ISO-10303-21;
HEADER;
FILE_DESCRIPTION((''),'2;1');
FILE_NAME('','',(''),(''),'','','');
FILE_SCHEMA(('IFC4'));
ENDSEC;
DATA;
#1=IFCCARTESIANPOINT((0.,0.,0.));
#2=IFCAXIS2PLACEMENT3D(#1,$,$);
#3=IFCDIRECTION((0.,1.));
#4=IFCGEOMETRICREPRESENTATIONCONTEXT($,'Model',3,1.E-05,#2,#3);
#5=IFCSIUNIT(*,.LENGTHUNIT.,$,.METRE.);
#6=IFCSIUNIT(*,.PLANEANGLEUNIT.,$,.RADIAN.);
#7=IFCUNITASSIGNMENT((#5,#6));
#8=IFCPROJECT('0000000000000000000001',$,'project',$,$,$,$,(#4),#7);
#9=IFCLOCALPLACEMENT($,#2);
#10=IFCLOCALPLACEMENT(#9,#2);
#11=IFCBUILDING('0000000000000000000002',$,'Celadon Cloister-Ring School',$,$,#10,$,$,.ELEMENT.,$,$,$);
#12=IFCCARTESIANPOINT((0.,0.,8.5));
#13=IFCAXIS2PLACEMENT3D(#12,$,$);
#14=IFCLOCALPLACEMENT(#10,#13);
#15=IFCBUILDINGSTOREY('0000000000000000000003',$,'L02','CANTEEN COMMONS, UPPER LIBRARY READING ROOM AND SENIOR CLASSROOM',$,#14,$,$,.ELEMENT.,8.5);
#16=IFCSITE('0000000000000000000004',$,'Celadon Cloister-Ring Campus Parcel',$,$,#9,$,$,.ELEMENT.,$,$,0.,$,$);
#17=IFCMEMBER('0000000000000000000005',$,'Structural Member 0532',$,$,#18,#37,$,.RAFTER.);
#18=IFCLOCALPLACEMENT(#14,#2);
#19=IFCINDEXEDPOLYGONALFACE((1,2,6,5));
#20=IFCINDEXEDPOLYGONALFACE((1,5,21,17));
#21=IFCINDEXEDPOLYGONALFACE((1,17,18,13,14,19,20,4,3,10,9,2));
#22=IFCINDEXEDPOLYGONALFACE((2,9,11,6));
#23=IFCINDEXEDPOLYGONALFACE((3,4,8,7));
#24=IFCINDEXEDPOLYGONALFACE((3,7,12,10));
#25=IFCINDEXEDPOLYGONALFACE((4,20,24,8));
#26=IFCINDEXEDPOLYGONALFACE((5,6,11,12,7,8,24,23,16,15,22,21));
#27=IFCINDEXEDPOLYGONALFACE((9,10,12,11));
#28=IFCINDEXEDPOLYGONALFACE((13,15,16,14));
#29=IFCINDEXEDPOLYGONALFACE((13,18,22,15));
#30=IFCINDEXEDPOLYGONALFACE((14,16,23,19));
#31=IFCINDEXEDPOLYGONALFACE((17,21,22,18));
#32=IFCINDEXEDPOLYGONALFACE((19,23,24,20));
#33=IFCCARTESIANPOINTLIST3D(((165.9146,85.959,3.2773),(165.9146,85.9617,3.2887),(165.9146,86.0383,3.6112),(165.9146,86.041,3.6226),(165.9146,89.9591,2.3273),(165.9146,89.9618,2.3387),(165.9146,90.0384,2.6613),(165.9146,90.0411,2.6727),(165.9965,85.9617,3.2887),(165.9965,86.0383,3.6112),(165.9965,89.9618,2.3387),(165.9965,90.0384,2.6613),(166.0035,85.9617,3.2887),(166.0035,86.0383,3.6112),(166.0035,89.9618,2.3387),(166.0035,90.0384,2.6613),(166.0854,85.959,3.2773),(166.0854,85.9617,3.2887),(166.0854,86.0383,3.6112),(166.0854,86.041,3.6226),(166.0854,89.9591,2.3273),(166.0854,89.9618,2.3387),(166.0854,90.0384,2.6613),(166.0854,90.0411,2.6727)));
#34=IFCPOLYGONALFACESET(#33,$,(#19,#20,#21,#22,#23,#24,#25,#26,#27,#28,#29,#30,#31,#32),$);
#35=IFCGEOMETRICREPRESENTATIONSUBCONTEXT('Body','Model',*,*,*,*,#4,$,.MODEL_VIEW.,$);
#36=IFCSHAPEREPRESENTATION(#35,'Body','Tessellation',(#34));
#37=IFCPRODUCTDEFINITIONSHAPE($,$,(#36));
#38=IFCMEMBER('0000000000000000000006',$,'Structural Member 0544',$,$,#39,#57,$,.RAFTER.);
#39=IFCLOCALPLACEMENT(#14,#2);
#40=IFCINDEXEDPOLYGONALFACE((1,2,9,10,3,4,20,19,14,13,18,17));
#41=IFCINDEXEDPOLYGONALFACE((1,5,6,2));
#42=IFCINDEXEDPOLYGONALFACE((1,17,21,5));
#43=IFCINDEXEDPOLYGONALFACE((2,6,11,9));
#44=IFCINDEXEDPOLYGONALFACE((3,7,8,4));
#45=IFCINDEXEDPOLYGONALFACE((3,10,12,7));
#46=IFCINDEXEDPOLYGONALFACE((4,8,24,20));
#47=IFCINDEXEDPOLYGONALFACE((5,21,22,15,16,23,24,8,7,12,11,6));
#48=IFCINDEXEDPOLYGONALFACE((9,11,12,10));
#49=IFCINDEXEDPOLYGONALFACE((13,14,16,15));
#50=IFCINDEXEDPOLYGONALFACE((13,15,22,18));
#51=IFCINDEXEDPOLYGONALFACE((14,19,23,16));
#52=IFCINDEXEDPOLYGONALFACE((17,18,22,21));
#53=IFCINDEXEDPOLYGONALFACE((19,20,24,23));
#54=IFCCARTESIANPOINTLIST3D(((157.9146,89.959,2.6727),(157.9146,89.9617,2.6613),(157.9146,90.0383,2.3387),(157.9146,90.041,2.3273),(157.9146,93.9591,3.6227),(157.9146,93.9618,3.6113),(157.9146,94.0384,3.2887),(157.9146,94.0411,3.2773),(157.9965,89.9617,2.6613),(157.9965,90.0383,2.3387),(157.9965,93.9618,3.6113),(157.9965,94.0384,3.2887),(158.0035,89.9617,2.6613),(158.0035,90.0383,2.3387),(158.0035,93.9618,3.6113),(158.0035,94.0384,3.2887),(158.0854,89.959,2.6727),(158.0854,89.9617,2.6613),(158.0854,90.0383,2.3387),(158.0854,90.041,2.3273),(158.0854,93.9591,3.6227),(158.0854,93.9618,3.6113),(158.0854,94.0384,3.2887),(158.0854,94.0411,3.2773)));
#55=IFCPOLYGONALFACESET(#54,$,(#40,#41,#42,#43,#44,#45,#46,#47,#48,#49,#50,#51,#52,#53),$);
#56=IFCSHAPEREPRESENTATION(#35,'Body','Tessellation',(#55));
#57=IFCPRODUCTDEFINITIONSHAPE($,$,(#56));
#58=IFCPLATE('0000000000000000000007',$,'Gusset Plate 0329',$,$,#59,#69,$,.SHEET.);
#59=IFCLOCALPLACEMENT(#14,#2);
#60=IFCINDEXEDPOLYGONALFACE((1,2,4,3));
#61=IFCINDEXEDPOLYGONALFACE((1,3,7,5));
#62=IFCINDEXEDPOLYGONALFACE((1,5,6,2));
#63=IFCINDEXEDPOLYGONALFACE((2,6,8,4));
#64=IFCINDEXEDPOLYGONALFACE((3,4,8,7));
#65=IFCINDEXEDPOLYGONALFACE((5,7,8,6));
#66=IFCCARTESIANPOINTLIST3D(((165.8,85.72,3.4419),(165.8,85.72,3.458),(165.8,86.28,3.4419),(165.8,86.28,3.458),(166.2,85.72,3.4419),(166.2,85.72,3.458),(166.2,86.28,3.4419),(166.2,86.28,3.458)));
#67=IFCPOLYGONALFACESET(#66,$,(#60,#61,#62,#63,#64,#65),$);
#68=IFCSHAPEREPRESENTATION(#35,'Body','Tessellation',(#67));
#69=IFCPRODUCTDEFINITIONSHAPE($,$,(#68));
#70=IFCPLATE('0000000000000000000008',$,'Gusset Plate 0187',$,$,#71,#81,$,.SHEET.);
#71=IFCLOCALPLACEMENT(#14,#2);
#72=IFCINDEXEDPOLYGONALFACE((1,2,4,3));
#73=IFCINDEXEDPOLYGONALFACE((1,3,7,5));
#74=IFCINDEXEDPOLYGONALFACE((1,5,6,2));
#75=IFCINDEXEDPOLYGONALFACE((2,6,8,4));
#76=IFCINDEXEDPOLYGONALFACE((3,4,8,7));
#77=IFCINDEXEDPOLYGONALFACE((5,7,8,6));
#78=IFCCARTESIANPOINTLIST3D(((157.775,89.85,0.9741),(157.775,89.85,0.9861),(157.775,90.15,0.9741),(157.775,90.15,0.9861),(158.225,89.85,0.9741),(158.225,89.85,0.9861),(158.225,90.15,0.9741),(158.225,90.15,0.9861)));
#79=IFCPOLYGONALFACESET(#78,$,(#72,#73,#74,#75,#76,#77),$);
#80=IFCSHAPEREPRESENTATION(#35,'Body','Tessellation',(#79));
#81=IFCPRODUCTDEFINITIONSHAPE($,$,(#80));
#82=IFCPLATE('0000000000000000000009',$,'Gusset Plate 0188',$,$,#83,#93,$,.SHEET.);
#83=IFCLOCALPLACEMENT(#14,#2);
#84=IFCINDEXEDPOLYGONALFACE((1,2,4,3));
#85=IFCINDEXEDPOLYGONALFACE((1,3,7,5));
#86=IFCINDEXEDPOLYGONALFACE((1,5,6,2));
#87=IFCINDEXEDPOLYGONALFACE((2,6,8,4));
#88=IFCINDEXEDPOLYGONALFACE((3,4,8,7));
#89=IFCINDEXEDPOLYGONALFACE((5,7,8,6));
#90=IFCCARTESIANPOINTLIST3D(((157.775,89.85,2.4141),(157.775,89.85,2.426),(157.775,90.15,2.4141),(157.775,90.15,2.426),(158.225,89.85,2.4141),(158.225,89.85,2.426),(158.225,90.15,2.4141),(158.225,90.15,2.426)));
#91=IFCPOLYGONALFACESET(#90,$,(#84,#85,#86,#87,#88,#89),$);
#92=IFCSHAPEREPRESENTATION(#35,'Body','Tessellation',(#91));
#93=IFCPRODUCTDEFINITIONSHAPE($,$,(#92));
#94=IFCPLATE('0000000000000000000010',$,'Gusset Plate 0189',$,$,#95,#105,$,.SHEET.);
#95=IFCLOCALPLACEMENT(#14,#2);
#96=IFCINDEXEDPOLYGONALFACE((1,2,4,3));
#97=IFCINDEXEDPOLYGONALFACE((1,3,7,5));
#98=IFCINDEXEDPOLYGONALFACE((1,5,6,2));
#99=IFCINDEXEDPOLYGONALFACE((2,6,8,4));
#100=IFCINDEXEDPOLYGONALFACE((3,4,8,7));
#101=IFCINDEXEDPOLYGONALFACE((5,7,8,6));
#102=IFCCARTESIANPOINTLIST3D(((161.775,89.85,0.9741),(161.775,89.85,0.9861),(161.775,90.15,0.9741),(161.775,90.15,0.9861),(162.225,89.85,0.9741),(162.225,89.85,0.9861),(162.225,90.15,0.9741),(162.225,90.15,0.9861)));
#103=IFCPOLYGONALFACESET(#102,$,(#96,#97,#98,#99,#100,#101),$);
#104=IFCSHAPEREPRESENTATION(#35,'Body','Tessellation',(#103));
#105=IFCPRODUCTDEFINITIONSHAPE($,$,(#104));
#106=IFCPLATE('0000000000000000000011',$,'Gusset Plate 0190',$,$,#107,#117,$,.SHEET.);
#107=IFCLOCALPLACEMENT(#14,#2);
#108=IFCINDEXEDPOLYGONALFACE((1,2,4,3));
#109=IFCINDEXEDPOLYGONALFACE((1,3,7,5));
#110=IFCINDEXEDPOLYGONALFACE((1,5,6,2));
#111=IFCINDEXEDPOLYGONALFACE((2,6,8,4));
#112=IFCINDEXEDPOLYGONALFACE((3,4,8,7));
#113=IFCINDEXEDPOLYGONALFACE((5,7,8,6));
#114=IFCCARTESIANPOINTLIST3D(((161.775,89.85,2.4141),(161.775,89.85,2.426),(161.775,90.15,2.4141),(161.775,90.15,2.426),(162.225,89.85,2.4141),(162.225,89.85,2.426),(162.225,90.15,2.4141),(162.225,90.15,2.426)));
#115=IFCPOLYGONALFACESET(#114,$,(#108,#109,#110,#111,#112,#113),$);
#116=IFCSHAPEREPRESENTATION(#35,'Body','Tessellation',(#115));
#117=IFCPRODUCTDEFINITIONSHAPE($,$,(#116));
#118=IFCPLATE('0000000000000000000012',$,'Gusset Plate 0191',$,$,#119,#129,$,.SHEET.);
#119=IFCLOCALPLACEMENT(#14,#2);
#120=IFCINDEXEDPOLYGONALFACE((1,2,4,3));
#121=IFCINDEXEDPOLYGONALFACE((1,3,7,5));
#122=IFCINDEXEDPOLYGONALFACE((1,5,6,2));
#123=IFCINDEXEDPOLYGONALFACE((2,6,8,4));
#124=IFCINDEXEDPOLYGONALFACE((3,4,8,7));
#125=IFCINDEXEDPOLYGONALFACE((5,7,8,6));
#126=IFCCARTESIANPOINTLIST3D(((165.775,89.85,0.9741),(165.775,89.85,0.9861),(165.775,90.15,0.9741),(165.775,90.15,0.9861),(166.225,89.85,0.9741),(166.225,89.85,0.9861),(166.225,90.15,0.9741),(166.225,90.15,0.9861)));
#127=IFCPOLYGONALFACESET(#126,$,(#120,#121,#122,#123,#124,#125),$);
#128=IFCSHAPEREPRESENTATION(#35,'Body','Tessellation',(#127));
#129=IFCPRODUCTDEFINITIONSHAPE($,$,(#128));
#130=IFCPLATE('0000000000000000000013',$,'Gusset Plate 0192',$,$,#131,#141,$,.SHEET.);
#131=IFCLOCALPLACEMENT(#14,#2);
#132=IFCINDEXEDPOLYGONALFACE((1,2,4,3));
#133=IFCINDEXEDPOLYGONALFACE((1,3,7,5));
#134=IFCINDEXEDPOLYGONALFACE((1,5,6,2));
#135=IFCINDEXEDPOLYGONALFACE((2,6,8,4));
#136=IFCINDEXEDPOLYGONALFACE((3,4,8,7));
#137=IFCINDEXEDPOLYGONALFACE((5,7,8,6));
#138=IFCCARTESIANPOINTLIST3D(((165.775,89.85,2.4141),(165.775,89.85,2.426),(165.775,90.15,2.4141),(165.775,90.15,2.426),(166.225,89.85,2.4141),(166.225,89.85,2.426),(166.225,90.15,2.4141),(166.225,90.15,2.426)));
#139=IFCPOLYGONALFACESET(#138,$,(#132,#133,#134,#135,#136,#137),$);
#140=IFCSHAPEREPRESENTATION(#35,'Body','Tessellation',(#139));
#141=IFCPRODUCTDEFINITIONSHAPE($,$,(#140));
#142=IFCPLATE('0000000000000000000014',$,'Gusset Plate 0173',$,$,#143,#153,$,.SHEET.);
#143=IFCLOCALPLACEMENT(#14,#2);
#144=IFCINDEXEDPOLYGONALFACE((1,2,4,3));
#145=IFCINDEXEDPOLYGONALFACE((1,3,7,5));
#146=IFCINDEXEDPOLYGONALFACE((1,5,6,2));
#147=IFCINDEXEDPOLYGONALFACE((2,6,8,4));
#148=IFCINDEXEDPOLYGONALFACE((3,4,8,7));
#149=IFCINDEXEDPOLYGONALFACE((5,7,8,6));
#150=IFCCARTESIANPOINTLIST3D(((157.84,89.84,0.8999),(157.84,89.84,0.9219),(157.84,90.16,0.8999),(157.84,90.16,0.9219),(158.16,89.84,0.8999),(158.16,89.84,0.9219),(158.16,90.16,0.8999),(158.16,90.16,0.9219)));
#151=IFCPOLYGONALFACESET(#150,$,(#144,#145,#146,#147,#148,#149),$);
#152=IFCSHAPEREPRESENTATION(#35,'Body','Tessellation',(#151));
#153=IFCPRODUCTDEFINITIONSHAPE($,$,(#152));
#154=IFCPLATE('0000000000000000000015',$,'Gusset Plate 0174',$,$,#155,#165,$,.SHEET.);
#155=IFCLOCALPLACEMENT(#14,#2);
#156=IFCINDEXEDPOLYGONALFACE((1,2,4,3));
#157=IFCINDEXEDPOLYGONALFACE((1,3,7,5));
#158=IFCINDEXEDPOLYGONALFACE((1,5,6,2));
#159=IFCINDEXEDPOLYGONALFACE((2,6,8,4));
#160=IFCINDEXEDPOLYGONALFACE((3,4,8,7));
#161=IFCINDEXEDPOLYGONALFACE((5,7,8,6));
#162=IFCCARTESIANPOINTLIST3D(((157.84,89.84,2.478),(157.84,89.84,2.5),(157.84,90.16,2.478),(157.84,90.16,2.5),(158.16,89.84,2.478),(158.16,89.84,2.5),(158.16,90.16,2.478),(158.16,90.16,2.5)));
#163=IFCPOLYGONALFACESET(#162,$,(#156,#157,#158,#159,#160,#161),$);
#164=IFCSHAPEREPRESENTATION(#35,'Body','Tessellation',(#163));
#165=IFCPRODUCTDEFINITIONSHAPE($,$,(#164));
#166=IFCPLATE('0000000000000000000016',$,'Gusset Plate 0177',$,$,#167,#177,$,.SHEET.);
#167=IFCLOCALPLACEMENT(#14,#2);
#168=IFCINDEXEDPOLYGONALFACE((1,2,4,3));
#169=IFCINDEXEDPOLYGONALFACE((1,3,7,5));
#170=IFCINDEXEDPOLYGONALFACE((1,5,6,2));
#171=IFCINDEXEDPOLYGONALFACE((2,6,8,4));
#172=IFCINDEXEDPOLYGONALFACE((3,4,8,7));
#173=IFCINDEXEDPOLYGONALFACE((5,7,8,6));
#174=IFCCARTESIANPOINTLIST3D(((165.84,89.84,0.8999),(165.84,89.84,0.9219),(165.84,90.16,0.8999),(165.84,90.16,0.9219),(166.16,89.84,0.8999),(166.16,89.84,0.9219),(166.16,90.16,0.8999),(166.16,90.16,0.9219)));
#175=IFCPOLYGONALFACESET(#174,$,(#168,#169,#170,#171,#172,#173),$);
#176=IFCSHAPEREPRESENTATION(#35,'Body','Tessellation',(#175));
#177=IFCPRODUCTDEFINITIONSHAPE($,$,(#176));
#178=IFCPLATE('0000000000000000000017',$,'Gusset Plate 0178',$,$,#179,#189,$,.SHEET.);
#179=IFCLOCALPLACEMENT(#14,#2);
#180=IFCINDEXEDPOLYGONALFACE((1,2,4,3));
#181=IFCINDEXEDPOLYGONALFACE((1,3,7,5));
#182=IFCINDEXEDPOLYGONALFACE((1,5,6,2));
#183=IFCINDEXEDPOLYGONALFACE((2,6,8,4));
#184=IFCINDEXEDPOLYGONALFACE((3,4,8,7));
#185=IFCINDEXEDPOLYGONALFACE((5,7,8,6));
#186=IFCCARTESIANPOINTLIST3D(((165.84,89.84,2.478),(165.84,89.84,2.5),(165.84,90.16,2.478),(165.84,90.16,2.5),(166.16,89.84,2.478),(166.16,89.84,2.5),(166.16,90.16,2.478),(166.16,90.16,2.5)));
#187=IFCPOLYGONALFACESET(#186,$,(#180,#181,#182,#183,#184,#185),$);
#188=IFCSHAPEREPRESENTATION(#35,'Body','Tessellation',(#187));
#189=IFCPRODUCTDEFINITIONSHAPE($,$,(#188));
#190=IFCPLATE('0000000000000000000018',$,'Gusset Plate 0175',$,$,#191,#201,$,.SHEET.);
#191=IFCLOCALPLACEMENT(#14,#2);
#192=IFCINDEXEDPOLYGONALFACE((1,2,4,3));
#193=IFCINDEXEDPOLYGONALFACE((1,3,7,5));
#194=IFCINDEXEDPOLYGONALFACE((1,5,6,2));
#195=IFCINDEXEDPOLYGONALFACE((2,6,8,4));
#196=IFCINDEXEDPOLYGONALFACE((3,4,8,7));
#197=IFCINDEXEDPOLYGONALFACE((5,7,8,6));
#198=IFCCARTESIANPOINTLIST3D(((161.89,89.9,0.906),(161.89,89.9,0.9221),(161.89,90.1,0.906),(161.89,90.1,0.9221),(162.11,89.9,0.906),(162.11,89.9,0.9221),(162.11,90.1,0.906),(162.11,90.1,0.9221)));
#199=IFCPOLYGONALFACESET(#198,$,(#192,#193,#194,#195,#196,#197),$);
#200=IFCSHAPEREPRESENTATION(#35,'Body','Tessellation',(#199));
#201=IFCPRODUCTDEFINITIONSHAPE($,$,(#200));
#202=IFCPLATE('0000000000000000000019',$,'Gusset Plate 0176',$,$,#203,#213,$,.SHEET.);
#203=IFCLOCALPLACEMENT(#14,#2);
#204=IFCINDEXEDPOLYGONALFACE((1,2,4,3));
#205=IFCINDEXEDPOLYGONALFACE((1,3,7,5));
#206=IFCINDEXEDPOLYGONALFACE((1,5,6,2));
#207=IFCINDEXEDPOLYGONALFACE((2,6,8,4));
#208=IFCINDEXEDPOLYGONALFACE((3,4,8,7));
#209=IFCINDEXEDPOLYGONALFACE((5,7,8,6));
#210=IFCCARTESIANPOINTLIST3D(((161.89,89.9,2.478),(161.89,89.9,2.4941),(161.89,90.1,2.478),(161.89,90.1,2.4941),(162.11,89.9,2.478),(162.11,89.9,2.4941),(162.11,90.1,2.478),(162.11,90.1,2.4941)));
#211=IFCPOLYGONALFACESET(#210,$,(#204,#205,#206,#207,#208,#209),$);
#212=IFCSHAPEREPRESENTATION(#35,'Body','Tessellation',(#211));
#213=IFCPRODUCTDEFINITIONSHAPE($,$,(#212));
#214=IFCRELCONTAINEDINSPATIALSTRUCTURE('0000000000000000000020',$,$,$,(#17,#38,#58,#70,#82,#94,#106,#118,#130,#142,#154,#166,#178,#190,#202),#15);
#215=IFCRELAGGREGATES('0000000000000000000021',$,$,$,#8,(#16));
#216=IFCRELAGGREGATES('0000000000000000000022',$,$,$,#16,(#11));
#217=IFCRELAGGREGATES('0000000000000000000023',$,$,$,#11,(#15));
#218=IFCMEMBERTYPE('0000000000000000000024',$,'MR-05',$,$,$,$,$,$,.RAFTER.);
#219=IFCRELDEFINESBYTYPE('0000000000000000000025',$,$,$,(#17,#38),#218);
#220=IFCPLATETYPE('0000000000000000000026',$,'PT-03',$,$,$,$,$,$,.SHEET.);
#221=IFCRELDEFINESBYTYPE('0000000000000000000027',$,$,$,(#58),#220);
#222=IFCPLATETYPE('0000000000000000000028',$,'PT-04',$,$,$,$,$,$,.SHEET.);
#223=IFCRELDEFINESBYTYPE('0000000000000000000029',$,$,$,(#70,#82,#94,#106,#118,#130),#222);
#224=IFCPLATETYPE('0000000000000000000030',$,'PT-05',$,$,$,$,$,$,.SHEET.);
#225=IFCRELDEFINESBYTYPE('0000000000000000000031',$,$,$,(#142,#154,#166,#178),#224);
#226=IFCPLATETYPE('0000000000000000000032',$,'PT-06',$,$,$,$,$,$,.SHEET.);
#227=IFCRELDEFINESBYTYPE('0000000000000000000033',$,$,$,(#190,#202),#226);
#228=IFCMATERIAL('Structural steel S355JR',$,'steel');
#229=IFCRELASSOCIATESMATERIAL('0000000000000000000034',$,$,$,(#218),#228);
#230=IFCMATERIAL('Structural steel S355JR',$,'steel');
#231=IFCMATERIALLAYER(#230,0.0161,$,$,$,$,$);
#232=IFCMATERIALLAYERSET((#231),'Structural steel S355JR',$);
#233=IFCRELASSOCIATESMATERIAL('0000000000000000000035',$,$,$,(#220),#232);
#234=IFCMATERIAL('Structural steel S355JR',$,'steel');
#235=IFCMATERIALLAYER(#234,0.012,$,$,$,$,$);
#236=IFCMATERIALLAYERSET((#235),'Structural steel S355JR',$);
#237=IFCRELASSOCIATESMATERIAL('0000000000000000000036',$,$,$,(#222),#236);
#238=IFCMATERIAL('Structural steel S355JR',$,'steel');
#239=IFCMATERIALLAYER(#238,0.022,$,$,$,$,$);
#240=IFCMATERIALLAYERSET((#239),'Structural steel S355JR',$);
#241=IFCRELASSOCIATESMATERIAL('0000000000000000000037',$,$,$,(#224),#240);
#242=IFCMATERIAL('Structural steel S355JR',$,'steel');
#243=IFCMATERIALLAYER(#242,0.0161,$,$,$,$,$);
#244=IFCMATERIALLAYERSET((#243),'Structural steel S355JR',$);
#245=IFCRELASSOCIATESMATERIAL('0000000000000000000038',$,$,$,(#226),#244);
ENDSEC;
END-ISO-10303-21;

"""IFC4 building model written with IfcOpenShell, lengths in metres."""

from ifc_helpers import new_model, si_unit, direction, frame, origin, origin_2d, place, context, subcontext, project, spatial, rectangle, i_section, extrude, material, layer, layer_set, material_profile, profile_set, type_object, element, save


model = new_model("IFC4")

# Units and contexts
model_context = context("Model", 3, precision=1e-05, world=origin(), true_north=direction((0.0, 1.0)))
body_context = subcontext(model_context, "Body", "Model", "MODEL_VIEW")
ifc_project = project(units=[si_unit("LENGTHUNIT", "METRE"), si_unit("PLANEANGLEUNIT", "RADIAN")], contexts=[model_context])

# Site, building, storey
site_placement = place(None, origin())
site = spatial("IfcSite", under=ifc_project, at=site_placement, Name="Celadon Cloister-Ring Campus Parcel", CompositionType="ELEMENT", RefElevation=0.0)
building_placement = place(site_placement, origin())
building = spatial("IfcBuilding", under=site, at=building_placement, Name="Celadon Cloister-Ring School", CompositionType="ELEMENT")
storey_placement = place(building_placement, frame((0.0, 0.0, 8.5)))
storey = spatial("IfcBuildingStorey", under=building, at=storey_placement, Name="L02", Description="CANTEEN COMMONS, UPPER LIBRARY READING ROOM AND SENIOR CLASSROOM", CompositionType="ELEMENT", Elevation=8.5)

# Members
ifc_material_1 = material(Name="Structural steel S355JR", Category="steel")
ifc_material_profile_1 = material_profile(ifc_material_1, i_section(OverallWidth=0.1709, OverallDepth=0.355, WebThickness=0.0071, FlangeThickness=0.0117, at=origin_2d()), Name="W360X51")
ifc_profile_set_1 = profile_set([ifc_material_profile_1], Name="Structural steel S355JR")
member_type_1 = type_object("IfcMemberType", Name="MR-05", PredefinedType="RAFTER", material=ifc_profile_set_1)
for number, where, z_axis, x_axis, name in (
    (1, (166.0, 86.0, 3.45), (0.0, 0.972939, -0.231061), (-1.0, 0.0, 0.0), "Structural Member 0532"),
    (2, (158.0, 90.0, 2.5), (0.0, 0.972939, 0.231061), (-1.0, 0.0, 0.0), "Structural Member 0544"),
):
    element("IfcMember", number, at=place(storey_placement, frame(where, z_axis=z_axis, x_axis=x_axis)), inside=storey, type_object=member_type_1, Name=name, PredefinedType="RAFTER", context=body_context, shape_type="SweptSolid", body=[
        extrude(i_section(OverallWidth=0.1709, OverallDepth=0.355, WebThickness=0.0071, FlangeThickness=0.0117, at=origin_2d()), origin(), (0.0, 0.0, 1.0), 4.1113),
    ])

# Plates
ifc_material_2 = material(Name="Structural steel S355JR", Category="steel")
ifc_layer_1 = layer(ifc_material_2, 0.0161)
ifc_layer_set_1 = layer_set([ifc_layer_1], Name="Structural steel S355JR")
plate_type_1 = type_object("IfcPlateType", Name="PT-03", PredefinedType="SHEET", material=ifc_layer_set_1)
plate_placement = place(storey_placement, frame((166.0, 86.0, 3.4419), z_axis=(0.0, 0.0, 1.0), x_axis=(0.0, 1.0, 0.0)))
element("IfcPlate", 3, at=plate_placement, inside=storey, type_object=plate_type_1, Name="Gusset Plate 0329", PredefinedType="SHEET", context=body_context, shape_type="SweptSolid", body=[
    extrude(rectangle(XDim=0.5601, YDim=0.3999, at=origin_2d()), origin(), (0.0, 0.0, 1.0), 0.0161),
])
ifc_material_3 = material(Name="Structural steel S355JR", Category="steel")
ifc_layer_2 = layer(ifc_material_3, 0.012)
ifc_layer_set_2 = layer_set([ifc_layer_2], Name="Structural steel S355JR")
plate_type_2 = type_object("IfcPlateType", Name="PT-04", PredefinedType="SHEET", material=ifc_layer_set_2)
for number, where, z_axis, x_axis, name in (
    (4, (158.0, 90.0, 0.9741), (0.0, 0.0, 1.0), (1.0, 0.0, 0.0), "Gusset Plate 0187"),
    (5, (158.0, 90.0, 2.4141), (0.0, 0.0, 1.0), (1.0, 0.0, 0.0), "Gusset Plate 0188"),
    (6, (162.0, 90.0, 0.9741), (0.0, 0.0, 1.0), (1.0, 0.0, 0.0), "Gusset Plate 0189"),
    (7, (162.0, 90.0, 2.4141), (0.0, 0.0, 1.0), (1.0, 0.0, 0.0), "Gusset Plate 0190"),
    (8, (166.0, 90.0, 0.9741), (0.0, 0.0, 1.0), (1.0, 0.0, 0.0), "Gusset Plate 0191"),
    (9, (166.0, 90.0, 2.4141), (0.0, 0.0, 1.0), (1.0, 0.0, 0.0), "Gusset Plate 0192"),
):
    element("IfcPlate", number, at=place(storey_placement, frame(where, z_axis=z_axis, x_axis=x_axis)), inside=storey, type_object=plate_type_2, Name=name, PredefinedType="SHEET", context=body_context, shape_type="SweptSolid", body=[
        extrude(rectangle(XDim=0.45, YDim=0.3, at=origin_2d()), origin(), (0.0, 0.0, 1.0), 0.012),
    ])
ifc_material_4 = material(Name="Structural steel S355JR", Category="steel")
ifc_layer_3 = layer(ifc_material_4, 0.022)
ifc_layer_set_3 = layer_set([ifc_layer_3], Name="Structural steel S355JR")
plate_type_3 = type_object("IfcPlateType", Name="PT-05", PredefinedType="SHEET", material=ifc_layer_set_3)
for number, where, z_axis, x_axis, name in (
    (10, (158.0, 90.0, 0.8999), (0.0, 0.0, 1.0), (1.0, 0.0, 0.0), "Gusset Plate 0173"),
    (11, (158.0, 90.0, 2.478), (0.0, 0.0, 1.0), (1.0, 0.0, 0.0), "Gusset Plate 0174"),
    (12, (166.0, 90.0, 0.8999), (0.0, 0.0, 1.0), (1.0, 0.0, 0.0), "Gusset Plate 0177"),
    (13, (166.0, 90.0, 2.478), (0.0, 0.0, 1.0), (1.0, 0.0, 0.0), "Gusset Plate 0178"),
):
    element("IfcPlate", number, at=place(storey_placement, frame(where, z_axis=z_axis, x_axis=x_axis)), inside=storey, type_object=plate_type_3, Name=name, PredefinedType="SHEET", context=body_context, shape_type="SweptSolid", body=[
        extrude(rectangle(XDim=0.3201, YDim=0.3201, at=origin_2d()), origin(), (0.0, 0.0, 1.0), 0.022),
    ])
ifc_material_5 = material(Name="Structural steel S355JR", Category="steel")
ifc_layer_4 = layer(ifc_material_5, 0.0161)
ifc_layer_set_4 = layer_set([ifc_layer_4], Name="Structural steel S355JR")
plate_type_4 = type_object("IfcPlateType", Name="PT-06", PredefinedType="SHEET", material=ifc_layer_set_4)
for number, where, z_axis, x_axis, name in (
    (14, (162.0, 90.0, 0.906), (0.0, 0.0, 1.0), (1.0, 0.0, 0.0), "Gusset Plate 0175"),
    (15, (162.0, 90.0, 2.478), (0.0, 0.0, 1.0), (1.0, 0.0, 0.0), "Gusset Plate 0176"),
):
    element("IfcPlate", number, at=place(storey_placement, frame(where, z_axis=z_axis, x_axis=x_axis)), inside=storey, type_object=plate_type_4, Name=name, PredefinedType="SHEET", context=body_context, shape_type="SweptSolid", body=[
        extrude(rectangle(XDim=0.22, YDim=0.2, at=origin_2d()), origin(), (0.0, 0.0, 1.0), 0.0161),
    ])

save(model, "model.ifc")
